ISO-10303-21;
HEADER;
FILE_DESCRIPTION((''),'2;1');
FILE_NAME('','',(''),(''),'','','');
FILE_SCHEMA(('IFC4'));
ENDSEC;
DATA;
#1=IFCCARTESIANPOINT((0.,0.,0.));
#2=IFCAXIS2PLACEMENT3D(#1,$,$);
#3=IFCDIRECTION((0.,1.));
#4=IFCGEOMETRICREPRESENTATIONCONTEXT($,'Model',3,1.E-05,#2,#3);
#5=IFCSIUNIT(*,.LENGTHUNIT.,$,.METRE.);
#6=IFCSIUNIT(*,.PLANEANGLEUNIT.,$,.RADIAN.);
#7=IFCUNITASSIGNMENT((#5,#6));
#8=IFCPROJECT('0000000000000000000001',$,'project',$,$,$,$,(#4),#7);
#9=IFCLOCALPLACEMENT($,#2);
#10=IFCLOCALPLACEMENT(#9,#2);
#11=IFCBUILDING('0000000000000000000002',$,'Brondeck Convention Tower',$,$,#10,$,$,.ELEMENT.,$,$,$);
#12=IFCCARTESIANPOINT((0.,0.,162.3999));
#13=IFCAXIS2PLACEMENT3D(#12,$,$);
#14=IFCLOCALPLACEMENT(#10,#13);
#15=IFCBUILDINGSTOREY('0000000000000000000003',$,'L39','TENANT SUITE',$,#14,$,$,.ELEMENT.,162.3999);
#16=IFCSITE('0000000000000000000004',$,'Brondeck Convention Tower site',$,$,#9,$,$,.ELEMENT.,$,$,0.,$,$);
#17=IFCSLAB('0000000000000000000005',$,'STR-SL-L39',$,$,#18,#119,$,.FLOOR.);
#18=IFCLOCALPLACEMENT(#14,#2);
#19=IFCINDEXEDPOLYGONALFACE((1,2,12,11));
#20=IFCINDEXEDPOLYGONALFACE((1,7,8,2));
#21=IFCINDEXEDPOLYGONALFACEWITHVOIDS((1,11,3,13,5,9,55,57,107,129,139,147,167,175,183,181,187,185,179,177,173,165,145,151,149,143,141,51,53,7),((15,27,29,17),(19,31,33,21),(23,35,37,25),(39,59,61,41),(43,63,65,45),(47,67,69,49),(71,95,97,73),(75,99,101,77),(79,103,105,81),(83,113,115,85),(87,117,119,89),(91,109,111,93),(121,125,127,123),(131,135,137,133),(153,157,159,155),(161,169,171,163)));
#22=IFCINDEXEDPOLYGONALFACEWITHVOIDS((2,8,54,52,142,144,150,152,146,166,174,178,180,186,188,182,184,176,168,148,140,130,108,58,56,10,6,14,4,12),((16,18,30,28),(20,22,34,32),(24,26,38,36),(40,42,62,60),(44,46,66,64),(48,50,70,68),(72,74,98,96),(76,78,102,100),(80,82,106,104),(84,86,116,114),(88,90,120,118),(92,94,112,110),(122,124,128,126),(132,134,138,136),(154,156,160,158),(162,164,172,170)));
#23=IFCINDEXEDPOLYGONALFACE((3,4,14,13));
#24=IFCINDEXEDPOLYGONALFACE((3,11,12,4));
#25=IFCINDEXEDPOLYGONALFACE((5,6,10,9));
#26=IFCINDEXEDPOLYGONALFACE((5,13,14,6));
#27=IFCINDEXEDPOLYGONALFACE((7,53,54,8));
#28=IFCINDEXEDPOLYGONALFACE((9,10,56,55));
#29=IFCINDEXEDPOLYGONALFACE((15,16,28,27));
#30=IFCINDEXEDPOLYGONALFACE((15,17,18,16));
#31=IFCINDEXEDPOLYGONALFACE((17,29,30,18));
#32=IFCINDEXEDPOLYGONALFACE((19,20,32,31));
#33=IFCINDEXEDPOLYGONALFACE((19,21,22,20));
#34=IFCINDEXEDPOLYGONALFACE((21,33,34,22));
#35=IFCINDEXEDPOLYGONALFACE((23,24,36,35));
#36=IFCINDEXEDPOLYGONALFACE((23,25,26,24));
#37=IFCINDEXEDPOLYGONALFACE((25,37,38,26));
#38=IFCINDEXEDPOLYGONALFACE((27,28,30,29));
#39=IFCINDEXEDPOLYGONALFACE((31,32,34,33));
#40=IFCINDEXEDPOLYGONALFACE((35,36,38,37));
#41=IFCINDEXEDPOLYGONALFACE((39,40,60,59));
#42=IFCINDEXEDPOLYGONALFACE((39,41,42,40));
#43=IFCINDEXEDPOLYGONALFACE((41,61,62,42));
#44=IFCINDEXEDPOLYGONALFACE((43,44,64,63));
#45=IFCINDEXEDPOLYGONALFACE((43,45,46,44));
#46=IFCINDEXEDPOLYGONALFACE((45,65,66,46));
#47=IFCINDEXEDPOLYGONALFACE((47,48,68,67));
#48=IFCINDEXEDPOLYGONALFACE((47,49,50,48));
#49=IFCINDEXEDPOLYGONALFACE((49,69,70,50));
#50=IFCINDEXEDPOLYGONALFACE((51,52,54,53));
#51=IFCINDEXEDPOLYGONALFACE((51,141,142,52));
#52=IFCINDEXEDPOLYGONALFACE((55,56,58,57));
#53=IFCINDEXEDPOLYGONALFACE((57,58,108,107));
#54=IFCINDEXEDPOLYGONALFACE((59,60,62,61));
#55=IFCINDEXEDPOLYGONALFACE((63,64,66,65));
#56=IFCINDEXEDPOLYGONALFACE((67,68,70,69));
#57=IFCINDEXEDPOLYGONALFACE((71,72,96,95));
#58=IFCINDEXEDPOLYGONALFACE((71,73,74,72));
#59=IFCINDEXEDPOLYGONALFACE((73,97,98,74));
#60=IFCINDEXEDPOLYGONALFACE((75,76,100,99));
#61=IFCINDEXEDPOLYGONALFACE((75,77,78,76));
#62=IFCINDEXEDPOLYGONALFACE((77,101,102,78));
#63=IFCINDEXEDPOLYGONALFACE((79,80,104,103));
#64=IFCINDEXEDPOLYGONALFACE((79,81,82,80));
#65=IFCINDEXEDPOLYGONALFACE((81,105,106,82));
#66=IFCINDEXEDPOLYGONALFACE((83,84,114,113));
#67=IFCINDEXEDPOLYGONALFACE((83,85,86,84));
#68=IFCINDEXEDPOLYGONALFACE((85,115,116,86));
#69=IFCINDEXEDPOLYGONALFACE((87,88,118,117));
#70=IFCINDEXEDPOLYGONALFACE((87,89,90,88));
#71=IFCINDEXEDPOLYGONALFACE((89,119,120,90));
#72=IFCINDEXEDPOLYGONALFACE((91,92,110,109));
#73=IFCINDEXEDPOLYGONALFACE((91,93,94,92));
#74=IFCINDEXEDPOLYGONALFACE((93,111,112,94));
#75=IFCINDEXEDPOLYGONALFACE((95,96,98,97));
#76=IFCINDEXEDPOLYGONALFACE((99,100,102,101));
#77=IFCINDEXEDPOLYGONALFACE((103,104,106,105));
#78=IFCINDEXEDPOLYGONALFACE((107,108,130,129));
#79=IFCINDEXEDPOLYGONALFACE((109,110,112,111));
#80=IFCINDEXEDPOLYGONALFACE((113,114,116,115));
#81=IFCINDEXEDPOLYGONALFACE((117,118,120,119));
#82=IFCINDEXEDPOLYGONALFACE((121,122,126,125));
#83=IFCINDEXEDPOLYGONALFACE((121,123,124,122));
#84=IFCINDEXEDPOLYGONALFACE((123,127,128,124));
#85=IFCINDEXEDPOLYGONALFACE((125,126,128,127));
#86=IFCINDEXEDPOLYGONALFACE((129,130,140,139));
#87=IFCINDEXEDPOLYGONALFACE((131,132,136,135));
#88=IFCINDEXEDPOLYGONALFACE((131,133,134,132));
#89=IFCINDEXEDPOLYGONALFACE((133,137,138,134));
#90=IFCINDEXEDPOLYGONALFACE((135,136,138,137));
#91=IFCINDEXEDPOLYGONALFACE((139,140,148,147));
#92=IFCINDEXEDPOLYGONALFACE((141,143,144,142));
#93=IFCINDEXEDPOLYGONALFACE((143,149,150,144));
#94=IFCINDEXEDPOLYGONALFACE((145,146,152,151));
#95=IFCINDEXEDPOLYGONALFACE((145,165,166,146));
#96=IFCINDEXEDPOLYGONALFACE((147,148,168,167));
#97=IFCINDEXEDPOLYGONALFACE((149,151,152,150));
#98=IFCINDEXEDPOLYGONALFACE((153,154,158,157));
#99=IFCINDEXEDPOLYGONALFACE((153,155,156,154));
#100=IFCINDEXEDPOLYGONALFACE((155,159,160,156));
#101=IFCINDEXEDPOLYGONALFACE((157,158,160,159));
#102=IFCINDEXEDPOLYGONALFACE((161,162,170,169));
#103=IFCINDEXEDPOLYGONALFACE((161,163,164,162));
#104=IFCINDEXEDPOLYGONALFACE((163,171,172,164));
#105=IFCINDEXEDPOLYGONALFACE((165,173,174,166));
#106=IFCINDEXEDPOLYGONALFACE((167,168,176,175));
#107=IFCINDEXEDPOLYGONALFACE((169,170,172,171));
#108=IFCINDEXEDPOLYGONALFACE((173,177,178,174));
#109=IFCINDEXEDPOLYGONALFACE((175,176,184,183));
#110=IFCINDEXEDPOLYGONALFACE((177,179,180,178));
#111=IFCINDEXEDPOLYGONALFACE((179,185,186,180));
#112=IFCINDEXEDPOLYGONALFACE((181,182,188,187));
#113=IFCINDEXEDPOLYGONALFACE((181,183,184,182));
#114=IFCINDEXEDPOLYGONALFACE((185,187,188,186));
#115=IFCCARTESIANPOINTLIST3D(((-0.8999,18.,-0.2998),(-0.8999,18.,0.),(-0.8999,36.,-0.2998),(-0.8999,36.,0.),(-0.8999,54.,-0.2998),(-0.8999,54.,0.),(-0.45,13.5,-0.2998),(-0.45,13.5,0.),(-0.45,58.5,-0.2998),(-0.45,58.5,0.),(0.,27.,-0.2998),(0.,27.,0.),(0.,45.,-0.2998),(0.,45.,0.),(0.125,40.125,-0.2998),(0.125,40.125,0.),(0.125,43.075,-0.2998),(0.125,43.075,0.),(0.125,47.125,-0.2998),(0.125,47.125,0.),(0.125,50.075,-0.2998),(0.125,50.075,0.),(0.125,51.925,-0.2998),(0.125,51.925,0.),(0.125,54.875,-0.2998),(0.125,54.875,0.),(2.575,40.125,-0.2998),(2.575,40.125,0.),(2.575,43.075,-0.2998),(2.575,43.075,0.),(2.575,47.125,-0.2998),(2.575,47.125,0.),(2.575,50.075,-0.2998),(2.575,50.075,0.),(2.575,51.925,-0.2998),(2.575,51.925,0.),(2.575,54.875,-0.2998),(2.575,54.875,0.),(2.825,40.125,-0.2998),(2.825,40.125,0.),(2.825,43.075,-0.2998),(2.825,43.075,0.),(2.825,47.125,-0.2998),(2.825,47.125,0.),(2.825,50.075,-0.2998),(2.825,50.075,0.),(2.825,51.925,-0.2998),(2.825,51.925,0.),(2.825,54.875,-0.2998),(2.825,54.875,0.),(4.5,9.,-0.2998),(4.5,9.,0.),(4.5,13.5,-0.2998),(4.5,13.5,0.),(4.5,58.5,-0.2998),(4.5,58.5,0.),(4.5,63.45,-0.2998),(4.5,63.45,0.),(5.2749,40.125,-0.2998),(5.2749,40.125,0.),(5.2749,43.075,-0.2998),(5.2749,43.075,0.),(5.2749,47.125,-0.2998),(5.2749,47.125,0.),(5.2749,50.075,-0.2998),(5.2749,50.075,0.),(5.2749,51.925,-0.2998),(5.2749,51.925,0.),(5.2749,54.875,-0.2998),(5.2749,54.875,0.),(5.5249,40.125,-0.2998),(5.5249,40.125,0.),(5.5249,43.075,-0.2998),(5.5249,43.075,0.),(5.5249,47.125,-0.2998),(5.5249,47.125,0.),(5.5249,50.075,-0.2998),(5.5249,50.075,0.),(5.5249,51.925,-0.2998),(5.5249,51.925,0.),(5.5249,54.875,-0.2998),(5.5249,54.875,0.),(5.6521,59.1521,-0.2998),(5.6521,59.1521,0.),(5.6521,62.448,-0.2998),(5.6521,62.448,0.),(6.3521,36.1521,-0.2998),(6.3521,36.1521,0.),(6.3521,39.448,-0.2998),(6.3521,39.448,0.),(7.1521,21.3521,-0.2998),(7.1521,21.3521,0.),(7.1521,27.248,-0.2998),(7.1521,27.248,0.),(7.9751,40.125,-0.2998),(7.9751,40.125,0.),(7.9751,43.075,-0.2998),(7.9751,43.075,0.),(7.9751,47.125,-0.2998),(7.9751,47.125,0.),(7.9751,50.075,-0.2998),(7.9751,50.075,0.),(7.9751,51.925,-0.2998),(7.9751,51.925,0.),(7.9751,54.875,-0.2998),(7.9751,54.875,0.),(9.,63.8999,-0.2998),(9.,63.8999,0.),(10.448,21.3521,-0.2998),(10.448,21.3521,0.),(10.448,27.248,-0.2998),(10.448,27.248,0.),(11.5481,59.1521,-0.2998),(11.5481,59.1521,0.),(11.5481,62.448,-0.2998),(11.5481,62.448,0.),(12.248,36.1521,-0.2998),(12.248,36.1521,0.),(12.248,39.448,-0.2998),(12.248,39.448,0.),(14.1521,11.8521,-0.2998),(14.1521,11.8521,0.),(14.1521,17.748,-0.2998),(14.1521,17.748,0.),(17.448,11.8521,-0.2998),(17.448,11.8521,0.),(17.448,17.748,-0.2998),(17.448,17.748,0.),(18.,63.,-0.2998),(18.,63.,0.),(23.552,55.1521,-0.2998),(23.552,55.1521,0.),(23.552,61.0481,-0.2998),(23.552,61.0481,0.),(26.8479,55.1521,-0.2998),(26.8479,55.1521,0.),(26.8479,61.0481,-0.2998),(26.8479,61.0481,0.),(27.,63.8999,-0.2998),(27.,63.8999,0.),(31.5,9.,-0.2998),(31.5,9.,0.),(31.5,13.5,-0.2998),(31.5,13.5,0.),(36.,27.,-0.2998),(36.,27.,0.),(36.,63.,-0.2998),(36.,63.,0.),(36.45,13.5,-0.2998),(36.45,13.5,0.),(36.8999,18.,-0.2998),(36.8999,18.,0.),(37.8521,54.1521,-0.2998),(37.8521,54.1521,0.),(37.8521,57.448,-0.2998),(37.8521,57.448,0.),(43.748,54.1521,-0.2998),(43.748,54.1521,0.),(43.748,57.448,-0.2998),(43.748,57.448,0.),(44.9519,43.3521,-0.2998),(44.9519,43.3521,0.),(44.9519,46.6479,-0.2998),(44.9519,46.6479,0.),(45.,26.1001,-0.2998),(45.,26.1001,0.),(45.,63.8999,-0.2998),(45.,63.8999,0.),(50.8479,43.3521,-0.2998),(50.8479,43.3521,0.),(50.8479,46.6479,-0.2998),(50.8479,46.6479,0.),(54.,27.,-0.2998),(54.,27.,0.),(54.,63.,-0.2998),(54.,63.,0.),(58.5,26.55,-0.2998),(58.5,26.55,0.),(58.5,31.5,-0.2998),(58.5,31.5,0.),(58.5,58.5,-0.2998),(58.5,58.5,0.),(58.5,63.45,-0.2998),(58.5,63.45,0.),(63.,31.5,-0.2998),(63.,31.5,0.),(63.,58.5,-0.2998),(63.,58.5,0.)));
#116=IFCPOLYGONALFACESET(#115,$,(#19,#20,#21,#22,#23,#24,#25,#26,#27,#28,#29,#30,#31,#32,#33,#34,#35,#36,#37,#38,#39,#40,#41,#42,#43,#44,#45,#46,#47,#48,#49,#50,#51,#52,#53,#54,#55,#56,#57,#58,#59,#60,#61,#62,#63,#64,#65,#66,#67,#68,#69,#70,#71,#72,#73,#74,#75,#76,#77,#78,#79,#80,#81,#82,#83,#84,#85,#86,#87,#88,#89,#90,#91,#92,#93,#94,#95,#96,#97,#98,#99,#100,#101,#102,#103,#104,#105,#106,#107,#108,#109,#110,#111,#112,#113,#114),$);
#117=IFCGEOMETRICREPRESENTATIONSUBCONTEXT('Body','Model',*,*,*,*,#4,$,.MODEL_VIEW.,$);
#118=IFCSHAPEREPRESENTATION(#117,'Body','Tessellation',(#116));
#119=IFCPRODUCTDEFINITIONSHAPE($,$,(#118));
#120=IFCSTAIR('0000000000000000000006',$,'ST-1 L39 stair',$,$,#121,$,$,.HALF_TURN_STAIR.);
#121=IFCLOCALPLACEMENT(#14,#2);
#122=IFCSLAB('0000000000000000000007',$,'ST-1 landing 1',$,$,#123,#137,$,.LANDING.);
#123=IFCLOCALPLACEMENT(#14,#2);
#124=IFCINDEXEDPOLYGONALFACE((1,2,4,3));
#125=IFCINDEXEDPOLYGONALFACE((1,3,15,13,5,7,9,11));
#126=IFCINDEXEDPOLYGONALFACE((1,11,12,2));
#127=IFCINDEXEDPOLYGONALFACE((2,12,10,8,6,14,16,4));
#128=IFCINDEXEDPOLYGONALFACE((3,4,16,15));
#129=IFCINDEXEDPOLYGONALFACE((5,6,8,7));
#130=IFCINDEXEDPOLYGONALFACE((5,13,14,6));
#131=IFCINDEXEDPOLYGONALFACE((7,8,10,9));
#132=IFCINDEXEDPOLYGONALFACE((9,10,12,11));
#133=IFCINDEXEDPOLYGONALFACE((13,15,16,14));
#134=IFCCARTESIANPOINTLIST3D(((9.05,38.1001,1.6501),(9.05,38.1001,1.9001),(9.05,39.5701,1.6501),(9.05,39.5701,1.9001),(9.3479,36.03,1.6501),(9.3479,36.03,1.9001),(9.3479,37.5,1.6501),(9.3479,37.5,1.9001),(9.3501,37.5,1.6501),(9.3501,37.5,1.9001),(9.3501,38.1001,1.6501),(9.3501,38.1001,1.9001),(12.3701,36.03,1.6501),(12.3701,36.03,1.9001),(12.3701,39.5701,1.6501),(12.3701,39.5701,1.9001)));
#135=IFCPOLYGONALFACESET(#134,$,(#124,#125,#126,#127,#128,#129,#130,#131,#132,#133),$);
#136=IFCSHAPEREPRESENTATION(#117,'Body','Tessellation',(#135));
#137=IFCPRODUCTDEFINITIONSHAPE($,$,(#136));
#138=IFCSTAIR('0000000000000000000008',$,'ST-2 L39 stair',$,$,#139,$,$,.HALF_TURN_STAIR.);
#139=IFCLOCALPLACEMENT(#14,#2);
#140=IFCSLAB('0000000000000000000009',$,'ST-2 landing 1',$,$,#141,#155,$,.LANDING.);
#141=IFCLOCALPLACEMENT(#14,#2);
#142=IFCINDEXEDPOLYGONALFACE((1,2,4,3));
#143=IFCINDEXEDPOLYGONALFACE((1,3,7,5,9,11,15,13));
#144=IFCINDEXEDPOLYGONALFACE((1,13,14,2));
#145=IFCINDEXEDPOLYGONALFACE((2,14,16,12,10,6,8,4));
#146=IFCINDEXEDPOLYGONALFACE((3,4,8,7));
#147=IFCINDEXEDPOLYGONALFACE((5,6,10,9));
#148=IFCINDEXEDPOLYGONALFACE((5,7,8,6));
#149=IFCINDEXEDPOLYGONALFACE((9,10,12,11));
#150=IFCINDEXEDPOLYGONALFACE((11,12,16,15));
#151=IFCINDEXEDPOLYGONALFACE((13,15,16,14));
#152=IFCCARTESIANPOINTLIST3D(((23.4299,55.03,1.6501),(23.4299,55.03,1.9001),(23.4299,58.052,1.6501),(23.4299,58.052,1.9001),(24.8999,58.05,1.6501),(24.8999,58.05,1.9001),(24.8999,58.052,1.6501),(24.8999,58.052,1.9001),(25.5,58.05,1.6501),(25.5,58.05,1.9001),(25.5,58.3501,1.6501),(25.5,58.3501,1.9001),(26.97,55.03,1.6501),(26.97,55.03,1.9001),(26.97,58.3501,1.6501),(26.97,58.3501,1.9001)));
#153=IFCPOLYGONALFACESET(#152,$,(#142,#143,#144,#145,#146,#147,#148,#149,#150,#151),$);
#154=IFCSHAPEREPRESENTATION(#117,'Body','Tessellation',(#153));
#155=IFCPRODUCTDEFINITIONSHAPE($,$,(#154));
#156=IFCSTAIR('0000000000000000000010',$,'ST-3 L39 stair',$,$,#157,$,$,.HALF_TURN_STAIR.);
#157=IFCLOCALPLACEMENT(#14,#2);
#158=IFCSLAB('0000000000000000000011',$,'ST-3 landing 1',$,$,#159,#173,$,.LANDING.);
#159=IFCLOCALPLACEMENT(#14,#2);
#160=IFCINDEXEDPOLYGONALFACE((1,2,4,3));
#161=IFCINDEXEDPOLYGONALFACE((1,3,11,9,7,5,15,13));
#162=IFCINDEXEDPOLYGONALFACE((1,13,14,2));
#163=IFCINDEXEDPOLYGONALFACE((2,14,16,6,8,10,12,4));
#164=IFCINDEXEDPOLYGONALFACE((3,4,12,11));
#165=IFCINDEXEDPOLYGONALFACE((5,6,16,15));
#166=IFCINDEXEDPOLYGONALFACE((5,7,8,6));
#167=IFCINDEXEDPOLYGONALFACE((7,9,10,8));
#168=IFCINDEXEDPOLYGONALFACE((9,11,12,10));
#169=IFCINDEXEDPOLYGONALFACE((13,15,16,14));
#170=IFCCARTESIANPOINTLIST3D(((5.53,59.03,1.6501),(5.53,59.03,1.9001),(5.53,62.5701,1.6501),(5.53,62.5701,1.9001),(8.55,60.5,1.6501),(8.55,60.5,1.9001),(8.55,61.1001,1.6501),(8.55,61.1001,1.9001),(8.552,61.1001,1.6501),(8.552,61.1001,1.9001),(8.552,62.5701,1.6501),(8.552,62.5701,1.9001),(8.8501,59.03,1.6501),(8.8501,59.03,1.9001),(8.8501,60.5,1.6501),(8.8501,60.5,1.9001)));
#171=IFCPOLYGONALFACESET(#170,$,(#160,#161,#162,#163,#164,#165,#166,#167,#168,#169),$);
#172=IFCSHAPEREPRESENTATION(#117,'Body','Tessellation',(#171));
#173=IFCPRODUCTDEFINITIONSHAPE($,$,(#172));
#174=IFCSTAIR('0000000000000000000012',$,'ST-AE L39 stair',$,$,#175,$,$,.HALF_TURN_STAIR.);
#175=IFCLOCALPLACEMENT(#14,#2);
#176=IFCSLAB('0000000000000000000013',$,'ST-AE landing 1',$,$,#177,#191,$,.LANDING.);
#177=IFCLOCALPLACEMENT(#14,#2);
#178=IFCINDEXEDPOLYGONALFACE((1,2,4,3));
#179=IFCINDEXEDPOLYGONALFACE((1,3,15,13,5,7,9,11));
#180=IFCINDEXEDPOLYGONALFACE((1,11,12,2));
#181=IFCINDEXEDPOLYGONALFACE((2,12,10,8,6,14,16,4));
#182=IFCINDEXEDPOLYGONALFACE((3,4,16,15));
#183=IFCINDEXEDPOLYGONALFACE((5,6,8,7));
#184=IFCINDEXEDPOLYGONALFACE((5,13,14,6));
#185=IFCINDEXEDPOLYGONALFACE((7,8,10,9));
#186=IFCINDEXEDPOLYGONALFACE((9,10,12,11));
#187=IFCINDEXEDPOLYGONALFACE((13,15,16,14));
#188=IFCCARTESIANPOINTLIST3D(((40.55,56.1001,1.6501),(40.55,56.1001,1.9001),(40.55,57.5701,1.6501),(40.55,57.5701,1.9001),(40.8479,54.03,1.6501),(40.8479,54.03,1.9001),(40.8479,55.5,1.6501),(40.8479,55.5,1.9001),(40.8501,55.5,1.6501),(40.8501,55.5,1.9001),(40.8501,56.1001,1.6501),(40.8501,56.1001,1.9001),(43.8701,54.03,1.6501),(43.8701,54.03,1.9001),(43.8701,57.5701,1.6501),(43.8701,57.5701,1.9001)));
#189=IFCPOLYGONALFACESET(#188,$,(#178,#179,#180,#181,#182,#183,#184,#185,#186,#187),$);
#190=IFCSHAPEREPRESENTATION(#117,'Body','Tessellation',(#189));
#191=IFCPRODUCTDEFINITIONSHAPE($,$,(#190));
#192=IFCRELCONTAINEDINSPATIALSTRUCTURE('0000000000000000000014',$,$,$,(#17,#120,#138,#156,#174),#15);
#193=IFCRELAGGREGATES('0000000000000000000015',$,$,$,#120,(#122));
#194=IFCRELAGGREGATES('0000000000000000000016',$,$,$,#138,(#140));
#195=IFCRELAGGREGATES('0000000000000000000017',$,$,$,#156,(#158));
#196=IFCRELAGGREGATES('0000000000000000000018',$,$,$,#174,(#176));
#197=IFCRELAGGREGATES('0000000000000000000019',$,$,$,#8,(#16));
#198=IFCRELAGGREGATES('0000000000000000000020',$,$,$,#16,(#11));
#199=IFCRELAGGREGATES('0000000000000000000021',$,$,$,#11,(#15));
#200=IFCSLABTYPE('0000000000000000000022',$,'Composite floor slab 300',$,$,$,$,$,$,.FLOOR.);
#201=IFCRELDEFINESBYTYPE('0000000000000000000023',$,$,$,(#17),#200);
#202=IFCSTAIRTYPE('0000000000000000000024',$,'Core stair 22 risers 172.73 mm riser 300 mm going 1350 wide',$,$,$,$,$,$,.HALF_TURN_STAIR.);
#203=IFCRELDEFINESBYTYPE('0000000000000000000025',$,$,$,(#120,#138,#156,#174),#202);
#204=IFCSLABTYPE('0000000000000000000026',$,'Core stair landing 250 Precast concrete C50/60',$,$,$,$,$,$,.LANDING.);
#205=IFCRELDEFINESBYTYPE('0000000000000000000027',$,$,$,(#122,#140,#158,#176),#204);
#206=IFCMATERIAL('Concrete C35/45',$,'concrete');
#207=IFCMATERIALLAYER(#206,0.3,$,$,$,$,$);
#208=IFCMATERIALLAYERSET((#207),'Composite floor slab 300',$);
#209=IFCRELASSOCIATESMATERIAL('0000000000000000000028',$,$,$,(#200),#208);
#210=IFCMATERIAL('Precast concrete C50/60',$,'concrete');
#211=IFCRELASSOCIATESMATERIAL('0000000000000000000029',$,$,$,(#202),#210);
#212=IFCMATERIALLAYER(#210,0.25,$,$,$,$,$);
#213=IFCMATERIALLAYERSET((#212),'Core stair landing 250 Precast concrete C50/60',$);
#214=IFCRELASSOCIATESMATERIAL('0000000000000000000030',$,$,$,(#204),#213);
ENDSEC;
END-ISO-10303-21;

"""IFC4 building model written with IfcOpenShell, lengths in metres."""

from ifc_helpers import new_model, si_unit, direction, frame, origin, place, context, subcontext, project, spatial, polyline, outline, extrude, material, layer, layer_set, type_object, element, aggregate, save


model = new_model("IFC4")

# Units and contexts
model_context = context("Model", 3, precision=1e-05, world=origin(), true_north=direction((0.0, 1.0)))
body_context = subcontext(model_context, "Body", "Model", "MODEL_VIEW")
ifc_project = project(units=[si_unit("LENGTHUNIT", "METRE"), si_unit("PLANEANGLEUNIT", "RADIAN")], contexts=[model_context])

# Site, building, storey
site_placement = place(None, origin())
site = spatial("IfcSite", under=ifc_project, at=site_placement, Name="Brondeck Convention Tower site", CompositionType="ELEMENT", RefElevation=0.0)
building_placement = place(site_placement, origin())
building = spatial("IfcBuilding", under=site, at=building_placement, Name="Brondeck Convention Tower", CompositionType="ELEMENT")
storey_placement = place(building_placement, frame((0.0, 0.0, 162.3999)))
storey = spatial("IfcBuildingStorey", under=building, at=storey_placement, Name="L39", Description="TENANT SUITE", CompositionType="ELEMENT", Elevation=162.3999)

# Slab
ifc_material_1 = material(Name="Concrete C35/45", Category="concrete")
ifc_layer_1 = layer(ifc_material_1, 0.3)
ifc_layer_set_1 = layer_set([ifc_layer_1], Name="Composite floor slab 300")
slab_type_1 = type_object("IfcSlabType", Name="Composite floor slab 300", PredefinedType="FLOOR", material=ifc_layer_set_1)
slab_1_placement = place(storey_placement, frame((0.0, 0.0, -0.2998)))
element("IfcSlab", 1, at=slab_1_placement, inside=storey, type_object=slab_type_1, Name="STR-SL-L39", PredefinedType="FLOOR", context=body_context, shape_type="SweptSolid", body=[
    extrude(outline(polyline([(4.5, 13.5), (-0.45, 13.5), (-0.8999, 18.0), (0.0, 27.0), (-0.8999, 36.0), (0.0, 45.0), (-0.8999, 54.0), (-0.45, 58.5), (4.5, 58.5), (4.5, 63.45), (9.0, 63.8999), (18.0, 63.0), (27.0, 63.8999), (36.0, 63.0), (45.0, 63.8999), (54.0, 63.0), (58.5, 63.45), (58.5, 58.5), (63.0, 58.5), (63.0, 31.5), (58.5, 31.5), (58.5, 26.55), (54.0, 27.0), (45.0, 26.1001), (36.0, 27.0), (36.8999, 18.0), (36.45, 13.5), (31.5, 13.5), (31.5, 9.0), (4.5, 9.0), (4.5, 13.5)]), holes=[polyline([(2.575, 40.125), (2.575, 43.075), (0.125, 43.075), (0.125, 40.125), (2.575, 40.125)]), polyline([(5.2749, 40.125), (5.2749, 43.075), (2.825, 43.075), (2.825, 40.125), (5.2749, 40.125)]), polyline([(7.9751, 40.125), (7.9751, 43.075), (5.5249, 43.075), (5.5249, 40.125), (7.9751, 40.125)]), polyline([(2.575, 47.125), (2.575, 50.075), (0.125, 50.075), (0.125, 47.125), (2.575, 47.125)]), polyline([(5.2749, 47.125), (5.2749, 50.075), (2.825, 50.075), (2.825, 47.125), (5.2749, 47.125)]), polyline([(7.9751, 47.125), (7.9751, 50.075), (5.5249, 50.075), (5.5249, 47.125), (7.9751, 47.125)]), polyline([(2.575, 51.925), (2.575, 54.875), (0.125, 54.875), (0.125, 51.925), (2.575, 51.925)]), polyline([(5.2749, 51.925), (5.2749, 54.875), (2.825, 54.875), (2.825, 51.925), (5.2749, 51.925)]), polyline([(17.448, 17.748), (14.1521, 17.748), (14.1521, 11.8521), (17.448, 11.8521), (17.448, 17.748)]), polyline([(10.448, 27.248), (7.1521, 27.248), (7.1521, 21.3521), (10.448, 21.3521), (10.448, 27.248)]), polyline([(12.248, 36.1521), (12.248, 39.448), (6.3521, 39.448), (6.3521, 36.1521), (12.248, 36.1521)]), polyline([(50.8479, 43.3521), (50.8479, 46.6479), (44.9519, 46.6479), (44.9519, 43.3521), (50.8479, 43.3521)]), polyline([(7.9751, 51.925), (7.9751, 54.875), (5.5249, 54.875), (5.5249, 51.925), (7.9751, 51.925)]), polyline([(43.748, 54.1521), (43.748, 57.448), (37.8521, 57.448), (37.8521, 54.1521), (43.748, 54.1521)]), polyline([(23.552, 55.1521), (26.8479, 55.1521), (26.8479, 61.0481), (23.552, 61.0481), (23.552, 55.1521)]), polyline([(5.6521, 62.448), (5.6521, 59.1521), (11.5481, 59.1521), (11.5481, 62.448), (5.6521, 62.448)])]), origin(), (0.0, 0.0, 1.0), 0.2998),
])

# Stairs, slabs
ifc_material_2 = material(Name="Precast concrete C50/60", Category="concrete")
stair_type = type_object("IfcStairType", Name="Core stair 22 risers 172.73 mm riser 300 mm going 1350 wide", PredefinedType="HALF_TURN_STAIR", material=ifc_material_2)
stair_1_placement = place(storey_placement, origin())
stair_1 = element("IfcStair", 2, at=stair_1_placement, inside=storey, type_object=stair_type, Name="ST-1 L39 stair", PredefinedType="HALF_TURN_STAIR")
ifc_layer_2 = layer(ifc_material_2, 0.25)
ifc_layer_set_2 = layer_set([ifc_layer_2], Name="Core stair landing 250 Precast concrete C50/60")
slab_type_2 = type_object("IfcSlabType", Name="Core stair landing 250 Precast concrete C50/60", PredefinedType="LANDING", material=ifc_layer_set_2)
slab_2_placement = place(storey_placement, frame((0.0, 0.0, 1.6501)))
slab_2 = element("IfcSlab", 3, at=slab_2_placement, type_object=slab_type_2, Name="ST-1 landing 1", PredefinedType="LANDING", context=body_context, shape_type="SweptSolid", body=[
    extrude(outline(polyline([(9.3479, 37.5), (9.3501, 37.5), (9.3501, 38.1001), (9.05, 38.1001), (9.05, 39.5701), (12.3701, 39.5701), (12.3701, 36.03), (9.3479, 36.03), (9.3479, 37.5)])), origin(), (0.0, 0.0, 1.0), 0.25),
])
aggregate(stair_1, [slab_2])
stair_2_placement = place(storey_placement, origin())
stair_2 = element("IfcStair", 4, at=stair_2_placement, inside=storey, type_object=stair_type, Name="ST-2 L39 stair", PredefinedType="HALF_TURN_STAIR")
slab_3_placement = place(storey_placement, frame((0.0, 0.0, 1.6501)))
slab_3 = element("IfcSlab", 5, at=slab_3_placement, type_object=slab_type_2, Name="ST-2 landing 1", PredefinedType="LANDING", context=body_context, shape_type="SweptSolid", body=[
    extrude(outline(polyline([(23.4299, 58.052), (24.8999, 58.052), (24.8999, 58.05), (25.5, 58.05), (25.5, 58.3501), (26.97, 58.3501), (26.97, 55.03), (23.4299, 55.03), (23.4299, 58.052)])), origin(), (0.0, 0.0, 1.0), 0.25),
])
aggregate(stair_2, [slab_3])
stair_3_placement = place(storey_placement, origin())
stair_3 = element("IfcStair", 6, at=stair_3_placement, inside=storey, type_object=stair_type, Name="ST-3 L39 stair", PredefinedType="HALF_TURN_STAIR")
slab_4_placement = place(storey_placement, frame((0.0, 0.0, 1.6501)))
slab_4 = element("IfcSlab", 7, at=slab_4_placement, type_object=slab_type_2, Name="ST-3 landing 1", PredefinedType="LANDING", context=body_context, shape_type="SweptSolid", body=[
    extrude(outline(polyline([(8.8501, 60.5), (8.8501, 59.03), (5.53, 59.03), (5.53, 62.5701), (8.552, 62.5701), (8.552, 61.1001), (8.55, 61.1001), (8.55, 60.5), (8.8501, 60.5)])), origin(), (0.0, 0.0, 1.0), 0.25),
])
aggregate(stair_3, [slab_4])
stair_4_placement = place(storey_placement, origin())
stair_4 = element("IfcStair", 8, at=stair_4_placement, inside=storey, type_object=stair_type, Name="ST-AE L39 stair", PredefinedType="HALF_TURN_STAIR")
slab_5_placement = place(storey_placement, frame((0.0, 0.0, 1.6501)))
slab_5 = element("IfcSlab", 9, at=slab_5_placement, type_object=slab_type_2, Name="ST-AE landing 1", PredefinedType="LANDING", context=body_context, shape_type="SweptSolid", body=[
    extrude(outline(polyline([(40.8479, 55.5), (40.8501, 55.5), (40.8501, 56.1001), (40.55, 56.1001), (40.55, 57.5701), (43.8701, 57.5701), (43.8701, 54.03), (40.8479, 54.03), (40.8479, 55.5)])), origin(), (0.0, 0.0, 1.0), 0.25),
])
aggregate(stair_4, [slab_5])

save(model, "model.ifc")
